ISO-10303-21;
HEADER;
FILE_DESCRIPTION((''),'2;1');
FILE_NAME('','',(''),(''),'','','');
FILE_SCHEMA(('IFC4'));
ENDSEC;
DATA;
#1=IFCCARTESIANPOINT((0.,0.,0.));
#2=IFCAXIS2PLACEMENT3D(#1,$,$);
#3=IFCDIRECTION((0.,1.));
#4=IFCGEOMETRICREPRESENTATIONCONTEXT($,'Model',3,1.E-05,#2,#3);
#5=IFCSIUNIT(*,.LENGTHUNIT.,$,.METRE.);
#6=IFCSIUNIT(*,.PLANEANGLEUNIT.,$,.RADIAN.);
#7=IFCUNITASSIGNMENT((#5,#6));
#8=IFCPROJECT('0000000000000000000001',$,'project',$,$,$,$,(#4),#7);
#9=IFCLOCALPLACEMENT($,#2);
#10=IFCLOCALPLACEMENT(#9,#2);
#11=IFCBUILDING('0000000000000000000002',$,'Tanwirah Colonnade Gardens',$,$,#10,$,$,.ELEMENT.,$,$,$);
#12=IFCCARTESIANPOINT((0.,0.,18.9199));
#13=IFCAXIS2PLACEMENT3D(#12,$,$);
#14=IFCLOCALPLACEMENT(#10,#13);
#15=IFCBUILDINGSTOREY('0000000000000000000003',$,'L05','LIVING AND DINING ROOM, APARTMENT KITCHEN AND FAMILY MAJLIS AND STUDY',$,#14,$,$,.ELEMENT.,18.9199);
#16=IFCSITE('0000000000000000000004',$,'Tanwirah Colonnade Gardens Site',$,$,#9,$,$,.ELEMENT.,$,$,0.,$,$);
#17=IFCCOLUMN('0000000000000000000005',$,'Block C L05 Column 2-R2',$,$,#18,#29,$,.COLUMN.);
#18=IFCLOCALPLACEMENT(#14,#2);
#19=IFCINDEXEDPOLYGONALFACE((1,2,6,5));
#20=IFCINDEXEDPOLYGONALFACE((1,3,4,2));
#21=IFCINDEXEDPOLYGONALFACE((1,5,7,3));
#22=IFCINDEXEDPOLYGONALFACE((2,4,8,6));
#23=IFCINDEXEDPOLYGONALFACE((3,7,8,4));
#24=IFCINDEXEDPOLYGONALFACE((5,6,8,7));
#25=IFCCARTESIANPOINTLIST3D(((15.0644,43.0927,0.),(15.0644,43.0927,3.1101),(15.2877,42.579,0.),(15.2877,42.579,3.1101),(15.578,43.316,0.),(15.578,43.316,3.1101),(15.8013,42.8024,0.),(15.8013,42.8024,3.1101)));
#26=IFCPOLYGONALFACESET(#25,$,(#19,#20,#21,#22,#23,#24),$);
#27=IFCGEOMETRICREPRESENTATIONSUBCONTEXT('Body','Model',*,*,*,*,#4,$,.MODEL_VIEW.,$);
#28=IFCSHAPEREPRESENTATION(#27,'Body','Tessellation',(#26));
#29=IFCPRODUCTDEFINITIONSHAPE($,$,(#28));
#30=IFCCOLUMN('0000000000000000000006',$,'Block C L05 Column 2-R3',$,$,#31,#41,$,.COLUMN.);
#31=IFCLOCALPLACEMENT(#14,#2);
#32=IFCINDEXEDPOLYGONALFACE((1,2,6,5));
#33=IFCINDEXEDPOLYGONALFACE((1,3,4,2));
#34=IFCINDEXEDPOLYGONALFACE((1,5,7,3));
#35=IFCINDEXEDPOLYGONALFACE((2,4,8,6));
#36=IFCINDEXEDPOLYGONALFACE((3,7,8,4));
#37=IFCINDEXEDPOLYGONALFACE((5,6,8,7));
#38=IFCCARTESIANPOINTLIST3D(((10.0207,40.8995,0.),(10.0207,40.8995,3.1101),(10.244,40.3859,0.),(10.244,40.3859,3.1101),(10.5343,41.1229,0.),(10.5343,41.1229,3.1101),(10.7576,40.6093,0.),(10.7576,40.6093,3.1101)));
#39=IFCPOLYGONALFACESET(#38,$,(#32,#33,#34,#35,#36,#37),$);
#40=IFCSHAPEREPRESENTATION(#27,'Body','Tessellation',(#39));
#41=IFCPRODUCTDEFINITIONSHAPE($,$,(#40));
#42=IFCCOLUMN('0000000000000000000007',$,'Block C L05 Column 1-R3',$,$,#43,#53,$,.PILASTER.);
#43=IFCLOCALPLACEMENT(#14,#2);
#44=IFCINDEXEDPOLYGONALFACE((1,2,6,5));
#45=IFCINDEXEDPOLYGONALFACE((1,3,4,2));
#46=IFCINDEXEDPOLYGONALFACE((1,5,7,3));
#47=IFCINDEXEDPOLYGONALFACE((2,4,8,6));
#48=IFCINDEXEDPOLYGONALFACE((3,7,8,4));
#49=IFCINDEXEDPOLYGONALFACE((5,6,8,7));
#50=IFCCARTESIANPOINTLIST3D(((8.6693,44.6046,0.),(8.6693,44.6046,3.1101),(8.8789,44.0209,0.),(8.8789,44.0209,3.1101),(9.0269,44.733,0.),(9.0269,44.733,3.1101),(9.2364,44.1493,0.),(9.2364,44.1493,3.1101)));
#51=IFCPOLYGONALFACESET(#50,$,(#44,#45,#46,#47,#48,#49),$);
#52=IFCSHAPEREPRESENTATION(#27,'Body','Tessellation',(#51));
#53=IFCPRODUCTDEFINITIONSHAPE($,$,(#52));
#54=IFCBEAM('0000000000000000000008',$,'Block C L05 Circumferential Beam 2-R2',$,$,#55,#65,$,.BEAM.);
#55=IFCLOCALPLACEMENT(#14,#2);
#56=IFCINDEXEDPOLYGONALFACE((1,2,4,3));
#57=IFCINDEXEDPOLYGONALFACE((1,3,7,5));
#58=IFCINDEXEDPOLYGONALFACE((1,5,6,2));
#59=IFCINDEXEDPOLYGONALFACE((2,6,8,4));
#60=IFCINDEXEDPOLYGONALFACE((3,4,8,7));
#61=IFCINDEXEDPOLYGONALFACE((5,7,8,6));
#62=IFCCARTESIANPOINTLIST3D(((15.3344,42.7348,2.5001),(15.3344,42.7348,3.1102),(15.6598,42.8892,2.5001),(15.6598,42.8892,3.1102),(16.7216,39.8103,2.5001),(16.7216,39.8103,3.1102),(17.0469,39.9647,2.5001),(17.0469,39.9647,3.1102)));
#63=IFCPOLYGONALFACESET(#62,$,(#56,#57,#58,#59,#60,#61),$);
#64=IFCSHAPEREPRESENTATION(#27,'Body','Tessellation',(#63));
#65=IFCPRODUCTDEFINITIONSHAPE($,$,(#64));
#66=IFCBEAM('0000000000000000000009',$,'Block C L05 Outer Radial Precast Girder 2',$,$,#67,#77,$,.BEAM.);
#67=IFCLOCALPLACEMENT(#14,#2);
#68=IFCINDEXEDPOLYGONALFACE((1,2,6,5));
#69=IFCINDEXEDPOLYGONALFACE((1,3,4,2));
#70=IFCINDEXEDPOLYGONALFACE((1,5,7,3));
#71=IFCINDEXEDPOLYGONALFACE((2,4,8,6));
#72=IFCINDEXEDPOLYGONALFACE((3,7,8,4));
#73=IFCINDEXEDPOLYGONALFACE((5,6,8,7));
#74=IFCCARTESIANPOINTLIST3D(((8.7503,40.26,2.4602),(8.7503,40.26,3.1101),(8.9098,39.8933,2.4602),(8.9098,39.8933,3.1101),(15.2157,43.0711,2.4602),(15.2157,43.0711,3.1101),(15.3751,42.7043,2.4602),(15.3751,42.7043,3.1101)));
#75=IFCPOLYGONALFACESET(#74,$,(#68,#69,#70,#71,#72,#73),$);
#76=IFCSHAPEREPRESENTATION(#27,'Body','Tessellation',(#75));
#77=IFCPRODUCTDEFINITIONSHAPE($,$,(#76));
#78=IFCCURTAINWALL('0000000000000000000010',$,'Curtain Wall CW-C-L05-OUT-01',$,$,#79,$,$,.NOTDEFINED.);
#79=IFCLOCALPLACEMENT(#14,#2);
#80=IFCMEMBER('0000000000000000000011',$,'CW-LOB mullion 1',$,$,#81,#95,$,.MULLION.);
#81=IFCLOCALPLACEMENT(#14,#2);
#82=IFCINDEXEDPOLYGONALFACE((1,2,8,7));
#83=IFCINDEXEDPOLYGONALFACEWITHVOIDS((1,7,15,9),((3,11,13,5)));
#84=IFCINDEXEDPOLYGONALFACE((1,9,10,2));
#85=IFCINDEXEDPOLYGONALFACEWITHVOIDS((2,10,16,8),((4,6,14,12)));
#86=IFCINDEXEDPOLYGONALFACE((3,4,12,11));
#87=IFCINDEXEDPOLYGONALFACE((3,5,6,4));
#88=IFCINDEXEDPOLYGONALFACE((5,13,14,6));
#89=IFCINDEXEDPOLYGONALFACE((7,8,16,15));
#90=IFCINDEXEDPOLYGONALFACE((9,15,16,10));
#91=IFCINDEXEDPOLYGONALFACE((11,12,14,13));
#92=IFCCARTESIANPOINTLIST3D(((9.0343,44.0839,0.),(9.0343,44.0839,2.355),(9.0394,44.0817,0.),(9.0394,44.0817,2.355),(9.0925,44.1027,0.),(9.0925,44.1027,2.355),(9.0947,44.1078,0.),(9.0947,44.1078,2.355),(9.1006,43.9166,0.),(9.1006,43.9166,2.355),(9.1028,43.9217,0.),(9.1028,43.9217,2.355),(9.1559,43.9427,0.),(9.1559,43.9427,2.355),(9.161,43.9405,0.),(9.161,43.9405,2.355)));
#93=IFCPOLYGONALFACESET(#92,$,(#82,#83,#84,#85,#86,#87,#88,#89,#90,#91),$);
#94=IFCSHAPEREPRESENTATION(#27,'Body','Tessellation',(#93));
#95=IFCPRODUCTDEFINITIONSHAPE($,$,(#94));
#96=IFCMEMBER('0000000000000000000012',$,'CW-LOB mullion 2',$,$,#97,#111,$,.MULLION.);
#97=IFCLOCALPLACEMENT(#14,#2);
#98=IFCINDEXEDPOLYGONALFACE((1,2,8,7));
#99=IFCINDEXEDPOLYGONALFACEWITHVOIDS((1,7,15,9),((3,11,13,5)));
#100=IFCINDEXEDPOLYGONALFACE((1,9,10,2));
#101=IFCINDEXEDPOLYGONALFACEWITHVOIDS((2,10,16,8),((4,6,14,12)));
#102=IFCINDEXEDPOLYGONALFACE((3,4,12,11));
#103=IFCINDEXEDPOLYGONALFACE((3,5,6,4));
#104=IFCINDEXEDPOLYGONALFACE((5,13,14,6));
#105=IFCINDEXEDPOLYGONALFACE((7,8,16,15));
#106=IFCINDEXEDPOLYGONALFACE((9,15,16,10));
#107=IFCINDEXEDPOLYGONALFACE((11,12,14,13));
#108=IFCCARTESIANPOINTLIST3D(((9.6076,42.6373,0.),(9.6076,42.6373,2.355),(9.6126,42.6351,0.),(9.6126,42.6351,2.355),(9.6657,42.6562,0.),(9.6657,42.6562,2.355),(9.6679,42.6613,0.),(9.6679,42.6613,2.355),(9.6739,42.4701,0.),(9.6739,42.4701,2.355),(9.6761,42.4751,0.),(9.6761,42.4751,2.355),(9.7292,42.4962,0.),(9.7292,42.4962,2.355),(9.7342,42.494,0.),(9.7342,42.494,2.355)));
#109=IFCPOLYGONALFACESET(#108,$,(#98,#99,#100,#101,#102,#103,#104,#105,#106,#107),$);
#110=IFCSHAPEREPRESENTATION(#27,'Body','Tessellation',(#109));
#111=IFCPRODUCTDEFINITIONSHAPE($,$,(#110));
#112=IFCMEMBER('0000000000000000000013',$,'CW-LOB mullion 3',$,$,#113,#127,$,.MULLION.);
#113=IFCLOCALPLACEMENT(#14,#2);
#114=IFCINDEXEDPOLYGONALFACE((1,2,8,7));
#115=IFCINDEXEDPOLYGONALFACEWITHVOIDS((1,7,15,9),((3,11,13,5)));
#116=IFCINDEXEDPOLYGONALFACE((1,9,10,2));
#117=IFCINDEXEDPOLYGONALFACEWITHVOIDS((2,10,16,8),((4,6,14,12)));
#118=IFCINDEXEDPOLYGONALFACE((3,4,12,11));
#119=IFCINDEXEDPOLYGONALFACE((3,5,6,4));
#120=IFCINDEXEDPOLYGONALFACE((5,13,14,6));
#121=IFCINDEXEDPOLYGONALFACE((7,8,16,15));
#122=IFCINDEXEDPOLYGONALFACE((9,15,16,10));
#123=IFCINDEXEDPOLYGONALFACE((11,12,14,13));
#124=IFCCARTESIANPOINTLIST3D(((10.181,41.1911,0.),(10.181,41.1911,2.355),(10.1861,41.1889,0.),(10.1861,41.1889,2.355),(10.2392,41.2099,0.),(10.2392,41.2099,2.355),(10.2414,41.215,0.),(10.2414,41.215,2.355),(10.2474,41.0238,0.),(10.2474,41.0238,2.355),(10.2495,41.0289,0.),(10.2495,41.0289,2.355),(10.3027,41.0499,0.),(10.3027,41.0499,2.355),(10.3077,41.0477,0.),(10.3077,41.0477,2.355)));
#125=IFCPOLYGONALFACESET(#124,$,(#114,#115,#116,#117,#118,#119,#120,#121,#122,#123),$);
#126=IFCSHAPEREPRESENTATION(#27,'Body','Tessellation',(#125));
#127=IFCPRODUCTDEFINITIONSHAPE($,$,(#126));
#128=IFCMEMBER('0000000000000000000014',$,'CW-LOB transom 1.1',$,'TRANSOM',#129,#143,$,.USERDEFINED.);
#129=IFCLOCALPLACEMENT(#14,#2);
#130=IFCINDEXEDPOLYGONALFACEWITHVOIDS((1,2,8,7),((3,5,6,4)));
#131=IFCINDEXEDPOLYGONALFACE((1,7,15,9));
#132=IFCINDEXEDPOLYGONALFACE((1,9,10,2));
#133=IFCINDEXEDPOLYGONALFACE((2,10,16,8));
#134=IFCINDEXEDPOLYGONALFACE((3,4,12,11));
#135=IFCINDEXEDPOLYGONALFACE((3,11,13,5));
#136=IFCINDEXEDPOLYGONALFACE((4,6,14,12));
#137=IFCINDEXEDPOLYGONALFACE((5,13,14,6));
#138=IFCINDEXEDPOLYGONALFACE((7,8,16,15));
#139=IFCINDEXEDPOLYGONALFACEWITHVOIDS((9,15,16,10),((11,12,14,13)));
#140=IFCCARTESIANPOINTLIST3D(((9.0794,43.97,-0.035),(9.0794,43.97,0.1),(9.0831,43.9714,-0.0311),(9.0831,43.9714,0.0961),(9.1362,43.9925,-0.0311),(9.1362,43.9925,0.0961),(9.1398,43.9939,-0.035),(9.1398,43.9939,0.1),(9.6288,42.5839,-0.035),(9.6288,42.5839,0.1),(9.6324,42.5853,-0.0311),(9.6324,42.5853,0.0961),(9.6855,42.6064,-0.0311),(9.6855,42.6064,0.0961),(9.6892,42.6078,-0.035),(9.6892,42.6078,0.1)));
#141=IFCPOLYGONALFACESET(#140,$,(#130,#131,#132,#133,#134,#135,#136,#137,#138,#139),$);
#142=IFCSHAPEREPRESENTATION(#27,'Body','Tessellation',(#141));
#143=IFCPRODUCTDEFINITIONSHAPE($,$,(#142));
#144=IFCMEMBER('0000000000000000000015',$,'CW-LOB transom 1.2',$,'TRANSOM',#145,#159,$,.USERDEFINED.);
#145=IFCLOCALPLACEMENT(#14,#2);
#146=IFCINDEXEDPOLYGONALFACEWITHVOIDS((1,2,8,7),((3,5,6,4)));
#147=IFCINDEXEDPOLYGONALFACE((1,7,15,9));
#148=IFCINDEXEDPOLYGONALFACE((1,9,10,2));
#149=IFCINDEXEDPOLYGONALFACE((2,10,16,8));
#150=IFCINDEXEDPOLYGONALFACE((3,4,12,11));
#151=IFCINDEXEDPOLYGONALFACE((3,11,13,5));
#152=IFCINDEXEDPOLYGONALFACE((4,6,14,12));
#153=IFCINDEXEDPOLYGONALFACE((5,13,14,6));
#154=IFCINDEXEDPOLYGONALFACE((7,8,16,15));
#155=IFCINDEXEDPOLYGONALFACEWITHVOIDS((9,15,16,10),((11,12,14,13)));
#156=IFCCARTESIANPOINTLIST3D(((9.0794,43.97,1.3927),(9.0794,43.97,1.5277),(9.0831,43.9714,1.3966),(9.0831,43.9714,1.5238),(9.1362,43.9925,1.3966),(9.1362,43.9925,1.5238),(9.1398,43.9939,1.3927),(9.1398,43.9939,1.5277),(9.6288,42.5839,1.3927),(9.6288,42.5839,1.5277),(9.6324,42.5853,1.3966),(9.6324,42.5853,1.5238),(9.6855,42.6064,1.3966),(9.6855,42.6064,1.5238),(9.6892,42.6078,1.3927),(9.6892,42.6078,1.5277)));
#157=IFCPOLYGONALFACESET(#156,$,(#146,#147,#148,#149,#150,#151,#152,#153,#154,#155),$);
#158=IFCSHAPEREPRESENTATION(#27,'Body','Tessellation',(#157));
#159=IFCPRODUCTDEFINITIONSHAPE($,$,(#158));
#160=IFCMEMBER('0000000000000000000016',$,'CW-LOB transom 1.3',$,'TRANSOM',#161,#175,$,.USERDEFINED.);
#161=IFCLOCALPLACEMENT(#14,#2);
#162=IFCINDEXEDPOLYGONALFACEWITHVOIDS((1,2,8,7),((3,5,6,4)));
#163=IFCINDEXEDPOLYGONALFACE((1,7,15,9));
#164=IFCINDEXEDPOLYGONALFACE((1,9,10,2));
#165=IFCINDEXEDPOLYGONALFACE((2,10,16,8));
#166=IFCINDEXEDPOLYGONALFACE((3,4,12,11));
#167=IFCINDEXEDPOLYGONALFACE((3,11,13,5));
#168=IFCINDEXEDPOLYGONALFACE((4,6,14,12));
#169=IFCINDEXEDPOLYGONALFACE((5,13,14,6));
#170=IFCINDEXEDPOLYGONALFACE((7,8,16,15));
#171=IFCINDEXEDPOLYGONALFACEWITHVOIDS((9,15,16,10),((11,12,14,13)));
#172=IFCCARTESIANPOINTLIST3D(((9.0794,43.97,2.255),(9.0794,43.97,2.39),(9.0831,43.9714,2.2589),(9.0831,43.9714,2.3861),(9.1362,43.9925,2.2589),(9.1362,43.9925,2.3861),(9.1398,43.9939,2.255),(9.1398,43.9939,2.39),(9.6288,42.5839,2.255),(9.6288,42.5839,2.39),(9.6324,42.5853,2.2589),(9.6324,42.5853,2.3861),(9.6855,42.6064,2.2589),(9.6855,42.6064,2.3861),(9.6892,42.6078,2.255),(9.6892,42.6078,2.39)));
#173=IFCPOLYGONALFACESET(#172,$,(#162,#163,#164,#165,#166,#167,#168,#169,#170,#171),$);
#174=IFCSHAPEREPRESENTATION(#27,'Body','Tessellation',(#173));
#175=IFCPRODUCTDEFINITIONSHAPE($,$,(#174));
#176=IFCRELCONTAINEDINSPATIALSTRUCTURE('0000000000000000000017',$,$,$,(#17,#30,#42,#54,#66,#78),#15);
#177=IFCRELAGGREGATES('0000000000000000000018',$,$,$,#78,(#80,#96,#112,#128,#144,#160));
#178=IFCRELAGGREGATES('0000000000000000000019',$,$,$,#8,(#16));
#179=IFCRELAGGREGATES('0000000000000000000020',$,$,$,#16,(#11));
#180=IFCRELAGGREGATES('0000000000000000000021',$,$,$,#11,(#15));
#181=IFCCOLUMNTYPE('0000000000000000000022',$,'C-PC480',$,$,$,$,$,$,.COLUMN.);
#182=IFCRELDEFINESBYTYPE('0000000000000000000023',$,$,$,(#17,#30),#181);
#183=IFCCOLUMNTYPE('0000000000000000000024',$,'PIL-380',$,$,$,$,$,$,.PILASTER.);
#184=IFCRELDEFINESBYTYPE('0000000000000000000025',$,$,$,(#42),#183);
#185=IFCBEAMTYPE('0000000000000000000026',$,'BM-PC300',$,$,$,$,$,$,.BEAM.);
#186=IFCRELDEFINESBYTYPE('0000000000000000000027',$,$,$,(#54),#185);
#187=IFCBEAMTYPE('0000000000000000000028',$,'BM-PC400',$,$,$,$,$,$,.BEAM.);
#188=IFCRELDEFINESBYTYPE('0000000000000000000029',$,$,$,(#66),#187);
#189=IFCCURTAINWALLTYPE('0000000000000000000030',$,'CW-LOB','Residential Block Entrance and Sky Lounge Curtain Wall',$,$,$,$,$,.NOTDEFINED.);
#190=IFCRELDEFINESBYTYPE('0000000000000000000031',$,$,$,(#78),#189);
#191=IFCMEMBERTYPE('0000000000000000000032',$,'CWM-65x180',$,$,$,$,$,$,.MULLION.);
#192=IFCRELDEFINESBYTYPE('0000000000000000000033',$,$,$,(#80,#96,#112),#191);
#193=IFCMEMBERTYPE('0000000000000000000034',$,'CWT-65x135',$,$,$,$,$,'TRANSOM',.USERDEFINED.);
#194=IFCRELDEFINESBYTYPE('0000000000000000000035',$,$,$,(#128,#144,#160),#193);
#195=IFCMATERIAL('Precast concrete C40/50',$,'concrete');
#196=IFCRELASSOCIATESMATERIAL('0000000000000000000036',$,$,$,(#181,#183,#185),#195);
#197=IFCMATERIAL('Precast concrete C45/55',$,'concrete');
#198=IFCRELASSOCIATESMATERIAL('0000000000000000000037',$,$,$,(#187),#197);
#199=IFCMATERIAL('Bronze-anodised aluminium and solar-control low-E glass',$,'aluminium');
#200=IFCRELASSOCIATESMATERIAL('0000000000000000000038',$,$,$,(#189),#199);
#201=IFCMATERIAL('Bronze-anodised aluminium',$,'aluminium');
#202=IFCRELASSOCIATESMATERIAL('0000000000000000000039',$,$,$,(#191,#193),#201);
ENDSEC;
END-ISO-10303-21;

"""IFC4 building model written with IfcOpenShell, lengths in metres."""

from ifc_helpers import new_model, si_unit, direction, frame, origin, origin_2d, place, context, subcontext, project, spatial, rectangle, hollow_rectangle, extrude, material, material_profile, profile_set, type_object, element, aggregate, save


model = new_model("IFC4")

# Units and contexts
model_context = context("Model", 3, precision=1e-05, world=origin(), true_north=direction((0.0, 1.0)))
body_context = subcontext(model_context, "Body", "Model", "MODEL_VIEW")
ifc_project = project(units=[si_unit("LENGTHUNIT", "METRE"), si_unit("PLANEANGLEUNIT", "RADIAN")], contexts=[model_context])

# Site, building, storey
site_placement = place(None, origin())
site = spatial("IfcSite", under=ifc_project, at=site_placement, Name="Tanwirah Colonnade Gardens Site", CompositionType="ELEMENT", RefElevation=0.0)
building_placement = place(site_placement, origin())
building = spatial("IfcBuilding", under=site, at=building_placement, Name="Tanwirah Colonnade Gardens", CompositionType="ELEMENT")
storey_placement = place(building_placement, frame((0.0, 0.0, 18.9199)))
storey = spatial("IfcBuildingStorey", under=building, at=storey_placement, Name="L05", Description="LIVING AND DINING ROOM, APARTMENT KITCHEN AND FAMILY MAJLIS AND STUDY", CompositionType="ELEMENT", Elevation=18.9199)

# Columns
ifc_material_1 = material(Name="Precast concrete C40/50", Category="concrete")
ifc_material_profile_1 = material_profile(ifc_material_1, rectangle(XDim=0.5601, YDim=0.5601, at=origin_2d()), Name="PC-COL 560x560")
ifc_profile_set_1 = profile_set([ifc_material_profile_1], Name="Precast concrete C40/50")
column_type_1 = type_object("IfcColumnType", Name="C-PC480", PredefinedType="COLUMN", material=ifc_profile_set_1)
for number, where, z_axis, x_axis, name in (
    (1, (15.4329, 42.9475, 0.0), (0.0, 0.0, 1.0), (-0.91706, -0.398749, 0.0), "Block C L05 Column 2-R2"),
    (2, (10.3892, 40.7544, 0.0), (0.0, 0.0, 1.0), (-0.91706, -0.398749, 0.0), "Block C L05 Column 2-R3"),
):
    element("IfcColumn", number, at=place(storey_placement, frame(where, z_axis=z_axis, x_axis=x_axis)), inside=storey, type_object=column_type_1, Name=name, PredefinedType="COLUMN", context=body_context, shape_type="SweptSolid", body=[
        extrude(rectangle(XDim=0.5601, YDim=0.5601, at=origin_2d()), origin(), (0.0, 0.0, 1.0), 3.1101),
    ])
ifc_material_profile_2 = material_profile(ifc_material_1, rectangle(XDim=0.3799, YDim=0.6201, at=origin_2d()), Name="PC-PIL 380x620")
ifc_profile_set_2 = profile_set([ifc_material_profile_2], Name="Precast concrete C40/50")
column_type_2 = type_object("IfcColumnType", Name="PIL-380", PredefinedType="PILASTER", material=ifc_profile_set_2)
column_placement = place(storey_placement, frame((8.9529, 44.377, 0.0), z_axis=(0.0, 0.0, 1.0), x_axis=(-0.941176, -0.337917, 0.0)))
element("IfcColumn", 3, at=column_placement, inside=storey, type_object=column_type_2, Name="Block C L05 Column 1-R3", PredefinedType="PILASTER", context=body_context, shape_type="SweptSolid", body=[
    extrude(rectangle(XDim=0.3799, YDim=0.6201, at=origin_2d()), origin(), (0.0, 0.0, 1.0), 3.1101),
])

# Beams
ifc_material_profile_3 = material_profile(ifc_material_1, rectangle(XDim=0.3601, YDim=0.6101, at=origin_2d()), Name="PC-BM 360x610")
ifc_profile_set_3 = profile_set([ifc_material_profile_3], Name="Precast concrete C40/50")
beam_type_1 = type_object("IfcBeamType", Name="BM-PC300", PredefinedType="BEAM", material=ifc_profile_set_3)
beam_1_placement = place(storey_placement, frame((15.4971, 42.812, 2.8052), z_axis=(0.428563, -0.903512, 0.0), x_axis=(0.903512, 0.428563, 0.0)))
element("IfcBeam", 4, at=beam_1_placement, inside=storey, type_object=beam_type_1, Name="Block C L05 Circumferential Beam 2-R2", PredefinedType="BEAM", context=body_context, shape_type="SweptSolid", body=[
    extrude(rectangle(XDim=0.3601, YDim=0.6101, at=origin_2d()), origin(), (0.0, 0.0, 1.0), 3.2368),
])
ifc_material_2 = material(Name="Precast concrete C45/55", Category="concrete")
ifc_material_profile_4 = material_profile(ifc_material_2, rectangle(XDim=0.3999, YDim=0.6499, at=origin_2d()), Name="PC-BM 400x650")
ifc_profile_set_4 = profile_set([ifc_material_profile_4], Name="Precast concrete C45/55")
beam_type_2 = type_object("IfcBeamType", Name="BM-PC400", PredefinedType="BEAM", material=ifc_profile_set_4)
beam_2_placement = place(storey_placement, frame((15.2954, 42.8877, 2.7852), z_axis=(-0.917069, -0.398729, 0.0), x_axis=(0.398729, -0.917069, 0.0)))
element("IfcBeam", 5, at=beam_2_placement, inside=storey, type_object=beam_type_2, Name="Block C L05 Outer Radial Precast Girder 2", PredefinedType="BEAM", context=body_context, shape_type="SweptSolid", body=[
    extrude(rectangle(XDim=0.3999, YDim=0.6499, at=origin_2d()), origin(), (0.0, 0.0, 1.0), 7.05),
])

# Curtain wall, members
ifc_material_3 = material(Name="Bronze-anodised aluminium and solar-control low-E glass", Category="aluminium")
curtain_wall_type = type_object("IfcCurtainWallType", Name="CW-LOB", Description="Residential Block Entrance and Sky Lounge Curtain Wall", PredefinedType="NOTDEFINED", material=ifc_material_3)
curtain_wall_placement = place(storey_placement, origin())
curtain_wall = element("IfcCurtainWall", 6, at=curtain_wall_placement, inside=storey, type_object=curtain_wall_type, Name="Curtain Wall CW-C-L05-OUT-01", PredefinedType="NOTDEFINED")
ifc_material_4 = material(Name="Bronze-anodised aluminium", Category="aluminium")
ifc_material_profile_5 = material_profile(ifc_material_4, hollow_rectangle(XDim=0.0649, YDim=0.1799, WallThickness=0.0039, at=origin_2d()), Name="CW-MUL 65x180x4")
ifc_profile_set_5 = profile_set([ifc_material_profile_5], Name="Bronze-anodised aluminium")
member_type_1 = type_object("IfcMemberType", Name="CWM-65x180", PredefinedType="MULLION", material=ifc_profile_set_5)
member_1_placement = place(storey_placement, frame((9.0977, 44.0122, 0.0), z_axis=(0.0, 0.0, 1.0), x_axis=(0.929616, 0.368529, 0.0)))
member_1 = element("IfcMember", 7, at=member_1_placement, type_object=member_type_1, Name="CW-LOB mullion 1", PredefinedType="MULLION", context=body_context, shape_type="SweptSolid", body=[
    extrude(hollow_rectangle(XDim=0.0649, YDim=0.1799, WallThickness=0.0039, at=origin_2d()), origin(), (0.0, 0.0, 1.0), 2.355),
])
member_2_placement = place(storey_placement, frame((9.6709, 42.5657, 0.0), z_axis=(0.0, 0.0, 1.0), x_axis=(0.929616, 0.368529, 0.0)))
member_2 = element("IfcMember", 8, at=member_2_placement, type_object=member_type_1, Name="CW-LOB mullion 2", PredefinedType="MULLION", context=body_context, shape_type="SweptSolid", body=[
    extrude(hollow_rectangle(XDim=0.0649, YDim=0.1799, WallThickness=0.0039, at=origin_2d()), origin(), (0.0, 0.0, 1.0), 2.355),
])
member_3_placement = place(storey_placement, frame((10.2444, 41.1194, 0.0), z_axis=(0.0, 0.0, 1.0), x_axis=(0.929616, 0.368529, 0.0)))
member_3 = element("IfcMember", 9, at=member_3_placement, type_object=member_type_1, Name="CW-LOB mullion 3", PredefinedType="MULLION", context=body_context, shape_type="SweptSolid", body=[
    extrude(hollow_rectangle(XDim=0.0649, YDim=0.1799, WallThickness=0.0039, at=origin_2d()), origin(), (0.0, 0.0, 1.0), 2.355),
])
ifc_material_profile_6 = material_profile(ifc_material_4, hollow_rectangle(XDim=0.0649, YDim=0.135, WallThickness=0.0039, at=origin_2d()), Name="CW-TRN 65x135x4")
ifc_profile_set_6 = profile_set([ifc_material_profile_6], Name="Bronze-anodised aluminium")
member_type_2 = type_object("IfcMemberType", Name="CWT-65x135", ElementType="TRANSOM", PredefinedType="USERDEFINED", material=ifc_profile_set_6)
member_4_placement = place(storey_placement, frame((9.1096, 43.9819, 0.0325), z_axis=(0.368452, -0.929647, 0.0), x_axis=(0.929647, 0.368452, 0.0)))
member_4 = element("IfcMember", 10, at=member_4_placement, type_object=member_type_2, Name="CW-LOB transom 1.1", ObjectType="TRANSOM", PredefinedType="USERDEFINED", context=body_context, shape_type="SweptSolid", body=[
    extrude(hollow_rectangle(XDim=0.0649, YDim=0.135, WallThickness=0.0039, at=origin_2d()), origin(), (0.0, 0.0, 1.0), 1.491),
])
member_5_placement = place(storey_placement, frame((9.1096, 43.9819, 1.4602), z_axis=(0.368452, -0.929647, 0.0), x_axis=(0.929647, 0.368452, 0.0)))
member_5 = element("IfcMember", 11, at=member_5_placement, type_object=member_type_2, Name="CW-LOB transom 1.2", ObjectType="TRANSOM", PredefinedType="USERDEFINED", context=body_context, shape_type="SweptSolid", body=[
    extrude(hollow_rectangle(XDim=0.0649, YDim=0.135, WallThickness=0.0039, at=origin_2d()), origin(), (0.0, 0.0, 1.0), 1.491),
])
member_6_placement = place(storey_placement, frame((9.1096, 43.9819, 2.3225), z_axis=(0.368452, -0.929647, 0.0), x_axis=(0.929647, 0.368452, 0.0)))
member_6 = element("IfcMember", 12, at=member_6_placement, type_object=member_type_2, Name="CW-LOB transom 1.3", ObjectType="TRANSOM", PredefinedType="USERDEFINED", context=body_context, shape_type="SweptSolid", body=[
    extrude(hollow_rectangle(XDim=0.0649, YDim=0.135, WallThickness=0.0039, at=origin_2d()), origin(), (0.0, 0.0, 1.0), 1.491),
])

aggregate(curtain_wall, [member_1, member_2, member_3, member_4, member_5, member_6])

save(model, "model.ifc")
